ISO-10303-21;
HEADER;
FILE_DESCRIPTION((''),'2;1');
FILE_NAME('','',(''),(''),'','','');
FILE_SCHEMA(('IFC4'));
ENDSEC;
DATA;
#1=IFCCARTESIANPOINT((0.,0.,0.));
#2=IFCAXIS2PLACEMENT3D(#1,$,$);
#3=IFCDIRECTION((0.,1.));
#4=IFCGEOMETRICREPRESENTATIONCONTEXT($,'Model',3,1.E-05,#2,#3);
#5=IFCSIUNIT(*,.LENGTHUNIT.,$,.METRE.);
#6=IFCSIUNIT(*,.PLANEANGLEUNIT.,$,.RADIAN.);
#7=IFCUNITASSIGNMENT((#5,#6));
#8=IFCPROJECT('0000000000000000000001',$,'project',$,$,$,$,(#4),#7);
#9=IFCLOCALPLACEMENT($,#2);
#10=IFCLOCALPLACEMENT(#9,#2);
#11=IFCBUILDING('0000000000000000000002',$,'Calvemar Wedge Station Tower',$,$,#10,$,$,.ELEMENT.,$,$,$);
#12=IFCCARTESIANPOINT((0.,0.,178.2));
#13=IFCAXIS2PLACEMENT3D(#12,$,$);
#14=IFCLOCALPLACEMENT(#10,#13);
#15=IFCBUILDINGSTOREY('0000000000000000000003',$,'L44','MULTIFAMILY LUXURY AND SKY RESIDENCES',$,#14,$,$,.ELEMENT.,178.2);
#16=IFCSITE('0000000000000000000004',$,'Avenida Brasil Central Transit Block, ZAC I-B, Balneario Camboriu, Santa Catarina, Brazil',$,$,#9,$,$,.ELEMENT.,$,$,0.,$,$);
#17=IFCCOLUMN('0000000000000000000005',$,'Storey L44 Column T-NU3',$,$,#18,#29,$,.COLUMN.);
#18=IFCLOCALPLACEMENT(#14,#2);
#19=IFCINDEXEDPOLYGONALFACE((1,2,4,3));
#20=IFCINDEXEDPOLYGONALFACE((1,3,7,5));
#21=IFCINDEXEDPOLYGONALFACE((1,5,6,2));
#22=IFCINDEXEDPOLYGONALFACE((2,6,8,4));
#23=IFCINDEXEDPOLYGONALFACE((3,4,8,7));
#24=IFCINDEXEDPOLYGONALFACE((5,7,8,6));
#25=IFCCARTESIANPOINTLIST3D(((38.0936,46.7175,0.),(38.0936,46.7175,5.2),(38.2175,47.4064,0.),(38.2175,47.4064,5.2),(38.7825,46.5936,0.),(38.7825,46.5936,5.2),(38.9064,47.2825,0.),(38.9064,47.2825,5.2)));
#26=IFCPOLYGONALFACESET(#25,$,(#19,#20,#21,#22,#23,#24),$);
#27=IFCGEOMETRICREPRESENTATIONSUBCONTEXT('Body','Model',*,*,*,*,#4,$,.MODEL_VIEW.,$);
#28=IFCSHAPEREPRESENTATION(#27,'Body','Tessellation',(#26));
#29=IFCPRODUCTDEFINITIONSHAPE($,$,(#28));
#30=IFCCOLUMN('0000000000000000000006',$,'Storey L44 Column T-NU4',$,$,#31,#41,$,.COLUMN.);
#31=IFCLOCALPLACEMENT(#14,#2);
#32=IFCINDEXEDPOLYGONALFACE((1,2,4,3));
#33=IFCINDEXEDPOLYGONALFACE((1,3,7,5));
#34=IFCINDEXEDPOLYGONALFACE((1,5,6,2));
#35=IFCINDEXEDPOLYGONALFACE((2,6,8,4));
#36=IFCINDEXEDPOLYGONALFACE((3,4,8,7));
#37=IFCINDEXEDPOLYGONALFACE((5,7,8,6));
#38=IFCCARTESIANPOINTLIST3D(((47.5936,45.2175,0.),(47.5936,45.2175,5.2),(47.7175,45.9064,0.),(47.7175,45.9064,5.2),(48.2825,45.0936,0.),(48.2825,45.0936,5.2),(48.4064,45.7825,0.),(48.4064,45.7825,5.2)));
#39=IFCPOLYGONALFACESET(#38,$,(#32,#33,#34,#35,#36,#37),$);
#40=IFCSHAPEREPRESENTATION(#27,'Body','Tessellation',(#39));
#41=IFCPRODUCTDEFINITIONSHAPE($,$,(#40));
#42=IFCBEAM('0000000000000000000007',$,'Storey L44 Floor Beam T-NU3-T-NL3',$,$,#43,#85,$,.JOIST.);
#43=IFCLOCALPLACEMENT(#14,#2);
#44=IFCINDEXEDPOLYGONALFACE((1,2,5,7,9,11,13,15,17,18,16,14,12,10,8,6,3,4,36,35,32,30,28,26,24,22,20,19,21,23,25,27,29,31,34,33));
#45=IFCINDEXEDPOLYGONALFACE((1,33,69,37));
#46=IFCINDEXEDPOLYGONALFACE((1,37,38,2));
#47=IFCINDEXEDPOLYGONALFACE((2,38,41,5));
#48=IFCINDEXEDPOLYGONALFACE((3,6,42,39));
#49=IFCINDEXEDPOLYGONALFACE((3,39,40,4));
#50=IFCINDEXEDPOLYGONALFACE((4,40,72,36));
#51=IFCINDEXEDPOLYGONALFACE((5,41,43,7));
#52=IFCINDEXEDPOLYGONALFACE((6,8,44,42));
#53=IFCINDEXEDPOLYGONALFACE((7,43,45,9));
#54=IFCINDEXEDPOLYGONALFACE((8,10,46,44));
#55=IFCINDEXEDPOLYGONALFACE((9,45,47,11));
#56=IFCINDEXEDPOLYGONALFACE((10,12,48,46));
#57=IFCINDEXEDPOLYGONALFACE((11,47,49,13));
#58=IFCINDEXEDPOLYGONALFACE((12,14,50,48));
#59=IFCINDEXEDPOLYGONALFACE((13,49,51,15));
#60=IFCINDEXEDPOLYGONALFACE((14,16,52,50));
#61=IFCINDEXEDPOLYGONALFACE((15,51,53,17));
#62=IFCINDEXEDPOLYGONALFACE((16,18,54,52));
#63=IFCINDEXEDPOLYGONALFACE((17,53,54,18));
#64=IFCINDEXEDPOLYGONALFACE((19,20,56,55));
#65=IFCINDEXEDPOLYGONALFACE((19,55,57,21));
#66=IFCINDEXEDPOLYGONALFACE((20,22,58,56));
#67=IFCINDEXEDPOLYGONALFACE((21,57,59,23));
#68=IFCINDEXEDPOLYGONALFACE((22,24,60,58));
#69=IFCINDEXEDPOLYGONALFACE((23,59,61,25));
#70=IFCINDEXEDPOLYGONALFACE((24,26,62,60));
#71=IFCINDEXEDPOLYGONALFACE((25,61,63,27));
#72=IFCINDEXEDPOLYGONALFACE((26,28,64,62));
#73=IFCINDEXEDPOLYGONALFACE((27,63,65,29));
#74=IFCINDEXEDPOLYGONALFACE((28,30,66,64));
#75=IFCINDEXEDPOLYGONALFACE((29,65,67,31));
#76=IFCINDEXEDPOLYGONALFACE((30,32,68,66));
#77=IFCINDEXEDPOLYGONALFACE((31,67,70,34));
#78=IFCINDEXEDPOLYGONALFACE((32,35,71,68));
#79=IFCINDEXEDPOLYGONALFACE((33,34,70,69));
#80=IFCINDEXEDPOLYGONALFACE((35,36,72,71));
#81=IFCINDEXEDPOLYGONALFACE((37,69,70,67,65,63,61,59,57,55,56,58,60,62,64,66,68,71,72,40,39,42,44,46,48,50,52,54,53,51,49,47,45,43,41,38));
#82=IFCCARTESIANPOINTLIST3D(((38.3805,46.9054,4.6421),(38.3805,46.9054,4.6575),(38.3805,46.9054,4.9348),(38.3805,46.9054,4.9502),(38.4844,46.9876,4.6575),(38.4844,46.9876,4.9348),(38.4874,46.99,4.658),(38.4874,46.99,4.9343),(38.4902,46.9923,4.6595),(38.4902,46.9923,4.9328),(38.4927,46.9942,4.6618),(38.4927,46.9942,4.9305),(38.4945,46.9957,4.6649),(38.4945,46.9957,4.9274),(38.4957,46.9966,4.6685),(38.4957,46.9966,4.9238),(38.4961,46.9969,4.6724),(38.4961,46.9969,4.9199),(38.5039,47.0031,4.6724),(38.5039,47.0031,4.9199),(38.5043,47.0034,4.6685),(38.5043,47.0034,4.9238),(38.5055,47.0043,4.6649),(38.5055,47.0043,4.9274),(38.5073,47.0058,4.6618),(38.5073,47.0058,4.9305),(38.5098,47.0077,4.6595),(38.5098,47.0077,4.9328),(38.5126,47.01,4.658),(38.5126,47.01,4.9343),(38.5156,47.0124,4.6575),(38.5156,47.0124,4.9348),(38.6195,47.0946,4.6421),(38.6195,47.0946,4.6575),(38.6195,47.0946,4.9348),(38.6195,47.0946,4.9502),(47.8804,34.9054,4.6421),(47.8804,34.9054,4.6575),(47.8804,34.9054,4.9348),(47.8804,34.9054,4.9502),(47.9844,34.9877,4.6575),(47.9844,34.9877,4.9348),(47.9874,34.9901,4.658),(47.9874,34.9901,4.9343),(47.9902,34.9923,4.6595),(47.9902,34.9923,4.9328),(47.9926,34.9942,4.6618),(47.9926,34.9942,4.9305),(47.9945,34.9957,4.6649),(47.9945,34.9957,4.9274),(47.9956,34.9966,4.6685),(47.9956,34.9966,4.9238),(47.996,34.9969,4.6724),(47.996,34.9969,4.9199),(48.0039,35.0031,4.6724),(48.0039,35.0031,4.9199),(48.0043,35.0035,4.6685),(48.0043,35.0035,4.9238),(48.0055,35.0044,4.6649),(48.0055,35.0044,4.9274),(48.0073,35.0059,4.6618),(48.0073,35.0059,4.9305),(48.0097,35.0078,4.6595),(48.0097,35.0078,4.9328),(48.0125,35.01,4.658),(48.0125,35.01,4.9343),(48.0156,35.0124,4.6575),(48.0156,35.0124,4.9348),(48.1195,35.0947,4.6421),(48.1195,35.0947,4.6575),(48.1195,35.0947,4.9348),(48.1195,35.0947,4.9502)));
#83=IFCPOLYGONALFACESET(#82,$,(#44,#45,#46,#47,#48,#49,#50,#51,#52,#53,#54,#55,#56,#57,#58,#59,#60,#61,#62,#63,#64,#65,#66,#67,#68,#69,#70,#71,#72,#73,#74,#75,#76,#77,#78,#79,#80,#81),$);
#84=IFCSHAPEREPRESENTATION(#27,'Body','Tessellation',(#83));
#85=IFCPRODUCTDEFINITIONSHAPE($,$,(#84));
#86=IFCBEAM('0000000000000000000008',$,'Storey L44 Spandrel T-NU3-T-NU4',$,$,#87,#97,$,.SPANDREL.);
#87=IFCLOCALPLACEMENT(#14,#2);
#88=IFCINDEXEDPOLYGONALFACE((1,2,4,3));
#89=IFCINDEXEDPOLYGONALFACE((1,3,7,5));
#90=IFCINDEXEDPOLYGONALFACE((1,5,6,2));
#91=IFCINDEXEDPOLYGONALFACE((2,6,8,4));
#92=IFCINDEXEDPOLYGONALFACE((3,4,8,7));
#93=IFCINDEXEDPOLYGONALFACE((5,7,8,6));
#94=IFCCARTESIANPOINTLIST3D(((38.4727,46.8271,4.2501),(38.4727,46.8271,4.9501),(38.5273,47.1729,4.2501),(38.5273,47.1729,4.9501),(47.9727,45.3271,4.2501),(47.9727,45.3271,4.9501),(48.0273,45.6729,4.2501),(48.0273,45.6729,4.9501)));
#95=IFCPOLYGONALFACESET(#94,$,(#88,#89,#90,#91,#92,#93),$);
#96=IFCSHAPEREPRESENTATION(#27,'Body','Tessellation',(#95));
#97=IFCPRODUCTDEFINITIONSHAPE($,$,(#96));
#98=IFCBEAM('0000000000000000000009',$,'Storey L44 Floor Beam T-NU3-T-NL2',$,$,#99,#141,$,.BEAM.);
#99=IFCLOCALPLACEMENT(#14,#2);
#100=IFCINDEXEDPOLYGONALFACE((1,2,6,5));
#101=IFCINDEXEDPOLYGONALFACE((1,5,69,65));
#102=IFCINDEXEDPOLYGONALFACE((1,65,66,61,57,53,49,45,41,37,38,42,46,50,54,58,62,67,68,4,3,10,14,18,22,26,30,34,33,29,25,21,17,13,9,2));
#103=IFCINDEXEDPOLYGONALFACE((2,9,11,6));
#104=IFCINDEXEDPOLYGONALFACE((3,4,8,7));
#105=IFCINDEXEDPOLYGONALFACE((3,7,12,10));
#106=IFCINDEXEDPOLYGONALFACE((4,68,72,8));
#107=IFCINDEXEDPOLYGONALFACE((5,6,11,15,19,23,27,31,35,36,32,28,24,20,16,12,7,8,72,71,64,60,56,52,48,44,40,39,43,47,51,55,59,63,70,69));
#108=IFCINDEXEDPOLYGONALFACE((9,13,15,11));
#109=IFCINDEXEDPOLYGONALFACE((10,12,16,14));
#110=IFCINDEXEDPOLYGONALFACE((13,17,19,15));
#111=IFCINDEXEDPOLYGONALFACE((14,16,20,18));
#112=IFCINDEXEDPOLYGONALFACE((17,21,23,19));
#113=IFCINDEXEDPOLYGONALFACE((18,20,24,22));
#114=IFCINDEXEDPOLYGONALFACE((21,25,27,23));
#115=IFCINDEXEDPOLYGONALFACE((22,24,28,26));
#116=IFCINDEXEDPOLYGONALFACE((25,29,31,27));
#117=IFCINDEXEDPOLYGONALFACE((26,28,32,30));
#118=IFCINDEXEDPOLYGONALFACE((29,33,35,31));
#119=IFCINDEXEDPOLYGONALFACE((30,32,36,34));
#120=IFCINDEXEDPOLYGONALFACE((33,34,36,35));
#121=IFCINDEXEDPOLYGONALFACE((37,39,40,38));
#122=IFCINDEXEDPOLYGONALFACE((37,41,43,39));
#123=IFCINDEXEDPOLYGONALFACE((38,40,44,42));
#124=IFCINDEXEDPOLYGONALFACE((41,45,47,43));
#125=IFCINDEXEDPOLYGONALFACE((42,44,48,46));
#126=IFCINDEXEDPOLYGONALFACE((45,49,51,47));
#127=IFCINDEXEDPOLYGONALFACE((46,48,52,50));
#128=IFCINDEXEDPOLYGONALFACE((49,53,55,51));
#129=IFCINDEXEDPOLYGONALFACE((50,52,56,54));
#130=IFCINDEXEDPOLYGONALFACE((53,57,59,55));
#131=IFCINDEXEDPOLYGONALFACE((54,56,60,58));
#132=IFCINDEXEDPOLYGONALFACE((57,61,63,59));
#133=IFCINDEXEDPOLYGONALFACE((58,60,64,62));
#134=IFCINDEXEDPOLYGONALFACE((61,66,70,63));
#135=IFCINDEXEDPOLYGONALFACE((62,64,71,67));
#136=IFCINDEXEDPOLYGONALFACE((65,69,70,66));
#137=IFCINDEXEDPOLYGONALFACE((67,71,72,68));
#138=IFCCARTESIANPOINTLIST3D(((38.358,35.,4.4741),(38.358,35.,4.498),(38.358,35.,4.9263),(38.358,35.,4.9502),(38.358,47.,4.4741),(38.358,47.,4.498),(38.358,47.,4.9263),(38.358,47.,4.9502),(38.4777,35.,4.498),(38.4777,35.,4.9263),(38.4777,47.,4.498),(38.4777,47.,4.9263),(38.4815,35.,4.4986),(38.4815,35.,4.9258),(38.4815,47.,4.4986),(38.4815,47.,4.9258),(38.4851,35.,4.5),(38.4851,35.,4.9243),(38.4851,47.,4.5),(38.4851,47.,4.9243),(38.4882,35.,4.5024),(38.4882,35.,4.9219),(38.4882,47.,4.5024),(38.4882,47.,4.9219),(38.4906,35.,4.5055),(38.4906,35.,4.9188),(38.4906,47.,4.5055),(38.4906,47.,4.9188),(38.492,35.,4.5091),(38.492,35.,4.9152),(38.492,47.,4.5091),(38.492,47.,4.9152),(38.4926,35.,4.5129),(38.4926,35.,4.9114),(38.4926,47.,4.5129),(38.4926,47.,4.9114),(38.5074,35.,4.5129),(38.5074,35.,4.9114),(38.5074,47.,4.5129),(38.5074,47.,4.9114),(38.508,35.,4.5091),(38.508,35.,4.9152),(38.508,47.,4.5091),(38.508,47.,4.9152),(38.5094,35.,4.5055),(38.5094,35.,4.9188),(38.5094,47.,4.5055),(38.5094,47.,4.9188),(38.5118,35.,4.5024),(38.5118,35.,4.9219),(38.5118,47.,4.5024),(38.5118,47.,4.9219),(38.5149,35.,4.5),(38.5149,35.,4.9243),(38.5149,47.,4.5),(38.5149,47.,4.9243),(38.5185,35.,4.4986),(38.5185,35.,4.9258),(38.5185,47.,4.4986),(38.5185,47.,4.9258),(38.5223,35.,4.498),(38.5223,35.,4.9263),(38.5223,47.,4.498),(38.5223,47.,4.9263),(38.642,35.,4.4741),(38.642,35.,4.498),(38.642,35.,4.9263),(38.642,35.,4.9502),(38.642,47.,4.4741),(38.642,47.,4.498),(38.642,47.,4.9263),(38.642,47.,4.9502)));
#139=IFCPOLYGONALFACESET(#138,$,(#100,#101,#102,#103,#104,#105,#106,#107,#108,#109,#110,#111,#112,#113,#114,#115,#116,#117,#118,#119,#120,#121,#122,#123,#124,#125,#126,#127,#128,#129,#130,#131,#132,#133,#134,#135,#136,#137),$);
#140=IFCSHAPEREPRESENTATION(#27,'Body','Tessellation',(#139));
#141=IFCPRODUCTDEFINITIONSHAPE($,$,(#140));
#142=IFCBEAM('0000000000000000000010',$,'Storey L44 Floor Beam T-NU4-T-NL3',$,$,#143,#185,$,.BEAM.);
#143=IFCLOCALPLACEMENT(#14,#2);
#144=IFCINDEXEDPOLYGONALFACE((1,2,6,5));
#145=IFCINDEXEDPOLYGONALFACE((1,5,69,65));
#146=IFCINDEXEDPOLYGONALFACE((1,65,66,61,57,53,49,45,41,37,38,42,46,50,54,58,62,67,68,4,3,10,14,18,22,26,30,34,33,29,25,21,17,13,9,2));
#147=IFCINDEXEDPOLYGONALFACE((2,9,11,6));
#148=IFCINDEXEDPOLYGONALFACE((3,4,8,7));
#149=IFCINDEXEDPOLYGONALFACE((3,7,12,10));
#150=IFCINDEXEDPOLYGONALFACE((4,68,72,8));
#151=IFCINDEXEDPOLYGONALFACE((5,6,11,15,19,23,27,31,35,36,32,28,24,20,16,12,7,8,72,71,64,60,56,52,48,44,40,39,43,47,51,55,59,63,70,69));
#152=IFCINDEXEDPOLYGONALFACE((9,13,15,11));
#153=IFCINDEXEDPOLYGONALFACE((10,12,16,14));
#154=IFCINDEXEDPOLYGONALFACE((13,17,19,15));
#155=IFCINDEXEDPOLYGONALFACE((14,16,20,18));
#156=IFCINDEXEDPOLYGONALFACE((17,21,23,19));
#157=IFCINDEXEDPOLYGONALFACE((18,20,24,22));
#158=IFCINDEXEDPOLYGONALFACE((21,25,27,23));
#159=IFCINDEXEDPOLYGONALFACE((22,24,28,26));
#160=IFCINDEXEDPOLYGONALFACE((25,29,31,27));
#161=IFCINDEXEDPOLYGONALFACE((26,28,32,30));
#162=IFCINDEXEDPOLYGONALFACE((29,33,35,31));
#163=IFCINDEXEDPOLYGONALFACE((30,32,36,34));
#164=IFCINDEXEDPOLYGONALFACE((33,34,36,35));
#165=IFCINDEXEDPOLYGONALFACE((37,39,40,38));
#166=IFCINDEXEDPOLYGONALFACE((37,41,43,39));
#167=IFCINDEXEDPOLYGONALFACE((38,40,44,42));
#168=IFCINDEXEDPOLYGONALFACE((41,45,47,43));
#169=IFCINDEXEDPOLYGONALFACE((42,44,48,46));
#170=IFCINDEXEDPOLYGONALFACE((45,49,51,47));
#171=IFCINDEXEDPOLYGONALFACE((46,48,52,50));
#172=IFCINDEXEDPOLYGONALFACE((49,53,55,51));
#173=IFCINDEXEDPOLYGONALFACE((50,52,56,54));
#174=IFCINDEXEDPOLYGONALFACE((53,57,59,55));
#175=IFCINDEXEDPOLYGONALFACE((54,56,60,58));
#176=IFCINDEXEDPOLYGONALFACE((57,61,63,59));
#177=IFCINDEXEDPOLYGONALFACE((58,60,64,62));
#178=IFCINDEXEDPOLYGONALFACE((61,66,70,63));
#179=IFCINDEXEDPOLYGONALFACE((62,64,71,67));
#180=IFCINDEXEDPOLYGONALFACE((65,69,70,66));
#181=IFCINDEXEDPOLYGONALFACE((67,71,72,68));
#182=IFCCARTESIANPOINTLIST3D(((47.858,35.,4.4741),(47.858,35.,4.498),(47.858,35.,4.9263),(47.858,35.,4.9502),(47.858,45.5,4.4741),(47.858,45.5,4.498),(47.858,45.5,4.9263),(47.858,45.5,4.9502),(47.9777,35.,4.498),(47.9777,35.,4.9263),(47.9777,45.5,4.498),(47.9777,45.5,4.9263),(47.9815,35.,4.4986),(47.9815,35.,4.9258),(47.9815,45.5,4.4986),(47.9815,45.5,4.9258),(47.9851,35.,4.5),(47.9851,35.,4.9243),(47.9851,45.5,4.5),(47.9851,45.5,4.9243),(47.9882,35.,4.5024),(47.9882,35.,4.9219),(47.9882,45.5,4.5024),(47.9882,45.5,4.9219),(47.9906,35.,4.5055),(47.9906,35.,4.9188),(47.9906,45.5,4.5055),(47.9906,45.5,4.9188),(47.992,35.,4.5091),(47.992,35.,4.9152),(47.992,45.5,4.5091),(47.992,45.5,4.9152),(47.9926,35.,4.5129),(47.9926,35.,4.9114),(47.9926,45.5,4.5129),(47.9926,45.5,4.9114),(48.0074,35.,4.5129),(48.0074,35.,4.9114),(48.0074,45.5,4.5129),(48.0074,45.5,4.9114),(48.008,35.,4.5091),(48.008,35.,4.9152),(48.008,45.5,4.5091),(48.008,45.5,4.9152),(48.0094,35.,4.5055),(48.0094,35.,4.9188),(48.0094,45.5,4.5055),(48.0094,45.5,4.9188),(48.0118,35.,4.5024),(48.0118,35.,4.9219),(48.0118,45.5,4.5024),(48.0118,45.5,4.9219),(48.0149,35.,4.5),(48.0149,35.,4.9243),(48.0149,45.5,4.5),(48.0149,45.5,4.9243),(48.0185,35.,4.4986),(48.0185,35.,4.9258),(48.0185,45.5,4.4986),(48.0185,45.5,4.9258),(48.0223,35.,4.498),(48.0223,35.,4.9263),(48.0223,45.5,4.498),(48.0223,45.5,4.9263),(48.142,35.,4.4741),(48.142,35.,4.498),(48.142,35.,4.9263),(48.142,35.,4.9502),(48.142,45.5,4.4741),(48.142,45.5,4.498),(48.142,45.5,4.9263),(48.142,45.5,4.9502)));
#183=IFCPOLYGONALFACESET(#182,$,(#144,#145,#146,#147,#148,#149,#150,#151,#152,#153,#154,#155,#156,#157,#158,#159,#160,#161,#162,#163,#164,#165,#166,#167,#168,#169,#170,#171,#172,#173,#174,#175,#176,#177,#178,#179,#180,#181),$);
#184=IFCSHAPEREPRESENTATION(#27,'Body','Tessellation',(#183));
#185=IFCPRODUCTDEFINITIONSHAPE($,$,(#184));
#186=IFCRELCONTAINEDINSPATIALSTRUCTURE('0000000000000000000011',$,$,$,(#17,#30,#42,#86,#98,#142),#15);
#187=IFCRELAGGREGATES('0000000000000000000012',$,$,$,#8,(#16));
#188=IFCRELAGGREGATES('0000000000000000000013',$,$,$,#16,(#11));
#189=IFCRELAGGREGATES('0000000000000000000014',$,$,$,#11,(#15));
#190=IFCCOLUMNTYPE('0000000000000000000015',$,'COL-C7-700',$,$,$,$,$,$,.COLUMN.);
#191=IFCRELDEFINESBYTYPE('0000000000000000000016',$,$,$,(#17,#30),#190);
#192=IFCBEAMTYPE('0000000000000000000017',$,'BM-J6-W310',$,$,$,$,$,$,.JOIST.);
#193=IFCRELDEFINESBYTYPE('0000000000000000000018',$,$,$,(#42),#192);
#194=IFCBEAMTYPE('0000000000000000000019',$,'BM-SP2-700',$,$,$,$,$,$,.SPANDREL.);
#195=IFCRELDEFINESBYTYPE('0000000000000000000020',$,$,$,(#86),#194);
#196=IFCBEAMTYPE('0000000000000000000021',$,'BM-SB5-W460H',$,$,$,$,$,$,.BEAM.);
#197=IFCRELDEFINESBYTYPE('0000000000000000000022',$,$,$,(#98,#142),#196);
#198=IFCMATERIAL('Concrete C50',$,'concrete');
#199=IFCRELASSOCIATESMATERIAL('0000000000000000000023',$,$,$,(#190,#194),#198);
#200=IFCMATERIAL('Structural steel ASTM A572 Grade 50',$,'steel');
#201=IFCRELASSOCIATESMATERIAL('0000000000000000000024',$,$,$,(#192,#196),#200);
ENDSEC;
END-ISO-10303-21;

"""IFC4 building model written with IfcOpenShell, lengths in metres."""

from ifc_helpers import new_model, si_unit, direction, frame, origin, origin_2d, place, context, subcontext, project, spatial, rectangle, i_section, extrude, source, transform, mapped, material, material_profile, profile_set, type_object, element, save


model = new_model("IFC4")

# Units and contexts
model_context = context("Model", 3, precision=1e-05, world=origin(), true_north=direction((0.0, 1.0)))
body_context = subcontext(model_context, "Body", "Model", "MODEL_VIEW")
ifc_project = project(units=[si_unit("LENGTHUNIT", "METRE"), si_unit("PLANEANGLEUNIT", "RADIAN")], contexts=[model_context])

# Site, building, storey
site_placement = place(None, origin())
site = spatial("IfcSite", under=ifc_project, at=site_placement, Name="Avenida Brasil Central Transit Block, ZAC I-B, Balneario Camboriu, Santa Catarina, Brazil", CompositionType="ELEMENT", RefElevation=0.0)
building_placement = place(site_placement, origin())
building = spatial("IfcBuilding", under=site, at=building_placement, Name="Calvemar Wedge Station Tower", CompositionType="ELEMENT")
storey_placement = place(building_placement, frame((0.0, 0.0, 178.2)))
storey = spatial("IfcBuildingStorey", under=building, at=storey_placement, Name="L44", Description="MULTIFAMILY LUXURY AND SKY RESIDENCES", CompositionType="ELEMENT", Elevation=178.2)

# Columns
ifc_material_1 = material(Name="Concrete C50", Category="concrete")
ifc_material_profile_1 = material_profile(ifc_material_1, rectangle(XDim=0.7, YDim=0.7, at=origin_2d()), Name="RC700x700")
ifc_profile_set_1 = profile_set([ifc_material_profile_1], Name="Concrete C50")
column_type = type_object("IfcColumnType", Name="COL-C7-700", PredefinedType="COLUMN", material=ifc_profile_set_1)
shared_shape_1 = source(origin(), body_context, "Body", "SweptSolid", [
    extrude(rectangle(XDim=0.7, YDim=0.7, at=origin_2d()), origin(), (0.0, 0.0, 1.0), 5.2),
])
for number, where, z_axis, x_axis, name in (
    (1, (38.5, 47.0, 0.0), (0.0, 0.0, 1.0), (0.984196, -0.177085, 0.0), "Storey L44 Column T-NU3"),
    (2, (48.0, 45.5, 0.0), (0.0, 0.0, 1.0), (0.984196, -0.177085, 0.0), "Storey L44 Column T-NU4"),
):
    element("IfcColumn", number, at=place(storey_placement, frame(where, z_axis=z_axis, x_axis=x_axis)), inside=storey, type_object=column_type, Name=name, PredefinedType="COLUMN", context=body_context, shape_type="MappedRepresentation", body=[
        mapped(shared_shape_1, transform((0.0, 0.0, 0.0), scale=1.0)),
    ])

# Beams
ifc_material_2 = material(Name="Structural steel ASTM A572 Grade 50", Category="steel")
ifc_material_profile_2 = material_profile(ifc_material_2, i_section(OverallWidth=0.3049, OverallDepth=0.3081, WebThickness=0.01, FlangeThickness=0.0154, FilletRadius=0.0149, at=origin_2d()), Name="W310x97")
ifc_profile_set_2 = profile_set([ifc_material_profile_2], Name="Structural steel ASTM A572 Grade 50")
beam_type_1 = type_object("IfcBeamType", Name="BM-J6-W310", PredefinedType="JOIST", material=ifc_profile_set_2)
shared_shape_2 = source(origin(), body_context, "Body", "SweptSolid", [
    extrude(i_section(OverallWidth=0.3049, OverallDepth=0.3081, WebThickness=0.01, FlangeThickness=0.0154, FilletRadius=0.0149, at=origin_2d()), origin(), (0.0, 0.0, 1.0), 15.3052),
])
beam_1_placement = place(storey_placement, frame((38.5, 47.0, 4.7961), z_axis=(0.620703, -0.784046, 0.0), x_axis=(0.784046, 0.620703, 0.0)))
element("IfcBeam", 3, at=beam_1_placement, inside=storey, type_object=beam_type_1, Name="Storey L44 Floor Beam T-NU3-T-NL3", PredefinedType="JOIST", context=body_context, shape_type="MappedRepresentation", body=[
    mapped(shared_shape_2, transform((0.0, 0.0, 0.0), scale=1.0)),
])
ifc_material_profile_3 = material_profile(ifc_material_1, rectangle(XDim=0.3501, YDim=0.7, at=origin_2d()), Name="RC350x700")
ifc_profile_set_3 = profile_set([ifc_material_profile_3], Name="Concrete C50")
beam_type_2 = type_object("IfcBeamType", Name="BM-SP2-700", PredefinedType="SPANDREL", material=ifc_profile_set_3)
shared_shape_3 = source(origin(), body_context, "Body", "SweptSolid", [
    extrude(rectangle(XDim=0.3501, YDim=0.7, at=origin_2d()), origin(), (0.0, 0.0, 1.0), 9.6177),
])
beam_2_placement = place(storey_placement, frame((38.5, 47.0, 4.6001), z_axis=(0.987763, -0.155963, 0.0), x_axis=(0.155963, 0.987763, 0.0)))
element("IfcBeam", 4, at=beam_2_placement, inside=storey, type_object=beam_type_2, Name="Storey L44 Spandrel T-NU3-T-NU4", PredefinedType="SPANDREL", context=body_context, shape_type="MappedRepresentation", body=[
    mapped(shared_shape_3, transform((0.0, 0.0, 0.0), scale=1.0)),
])
ifc_material_profile_4 = material_profile(ifc_material_2, i_section(OverallWidth=0.2839, OverallDepth=0.4761, WebThickness=0.0149, FlangeThickness=0.0239, FilletRadius=0.0149, at=origin_2d()), Name="W460x158")
ifc_profile_set_4 = profile_set([ifc_material_profile_4], Name="Structural steel ASTM A572 Grade 50")
beam_type_3 = type_object("IfcBeamType", Name="BM-SB5-W460H", PredefinedType="BEAM", material=ifc_profile_set_4)
shared_shape_4 = source(origin(), body_context, "Body", "SweptSolid", [
    extrude(i_section(OverallWidth=0.2839, OverallDepth=0.4761, WebThickness=0.0149, FlangeThickness=0.0239, FilletRadius=0.0149, at=origin_2d()), origin(), (0.0, 0.0, 1.0), 12.0),
])
beam_3_placement = place(storey_placement, frame((38.5, 47.0, 4.7122), z_axis=(0.0, -1.0, 0.0), x_axis=(1.0, 0.0, 0.0)))
element("IfcBeam", 5, at=beam_3_placement, inside=storey, type_object=beam_type_3, Name="Storey L44 Floor Beam T-NU3-T-NL2", PredefinedType="BEAM", context=body_context, shape_type="MappedRepresentation", body=[
    mapped(shared_shape_4, transform((0.0, 0.0, 0.0), scale=1.0)),
])
shared_shape_5 = source(origin(), body_context, "Body", "SweptSolid", [
    extrude(i_section(OverallWidth=0.2839, OverallDepth=0.4761, WebThickness=0.0149, FlangeThickness=0.0239, FilletRadius=0.0149, at=origin_2d()), origin(), (0.0, 0.0, 1.0), 10.5),
])
beam_4_placement = place(storey_placement, frame((48.0, 45.5, 4.7122), z_axis=(0.0, -1.0, 0.0), x_axis=(1.0, 0.0, 0.0)))
element("IfcBeam", 6, at=beam_4_placement, inside=storey, type_object=beam_type_3, Name="Storey L44 Floor Beam T-NU4-T-NL3", PredefinedType="BEAM", context=body_context, shape_type="MappedRepresentation", body=[
    mapped(shared_shape_5, transform((0.0, 0.0, 0.0), scale=1.0)),
])

save(model, "model.ifc")
